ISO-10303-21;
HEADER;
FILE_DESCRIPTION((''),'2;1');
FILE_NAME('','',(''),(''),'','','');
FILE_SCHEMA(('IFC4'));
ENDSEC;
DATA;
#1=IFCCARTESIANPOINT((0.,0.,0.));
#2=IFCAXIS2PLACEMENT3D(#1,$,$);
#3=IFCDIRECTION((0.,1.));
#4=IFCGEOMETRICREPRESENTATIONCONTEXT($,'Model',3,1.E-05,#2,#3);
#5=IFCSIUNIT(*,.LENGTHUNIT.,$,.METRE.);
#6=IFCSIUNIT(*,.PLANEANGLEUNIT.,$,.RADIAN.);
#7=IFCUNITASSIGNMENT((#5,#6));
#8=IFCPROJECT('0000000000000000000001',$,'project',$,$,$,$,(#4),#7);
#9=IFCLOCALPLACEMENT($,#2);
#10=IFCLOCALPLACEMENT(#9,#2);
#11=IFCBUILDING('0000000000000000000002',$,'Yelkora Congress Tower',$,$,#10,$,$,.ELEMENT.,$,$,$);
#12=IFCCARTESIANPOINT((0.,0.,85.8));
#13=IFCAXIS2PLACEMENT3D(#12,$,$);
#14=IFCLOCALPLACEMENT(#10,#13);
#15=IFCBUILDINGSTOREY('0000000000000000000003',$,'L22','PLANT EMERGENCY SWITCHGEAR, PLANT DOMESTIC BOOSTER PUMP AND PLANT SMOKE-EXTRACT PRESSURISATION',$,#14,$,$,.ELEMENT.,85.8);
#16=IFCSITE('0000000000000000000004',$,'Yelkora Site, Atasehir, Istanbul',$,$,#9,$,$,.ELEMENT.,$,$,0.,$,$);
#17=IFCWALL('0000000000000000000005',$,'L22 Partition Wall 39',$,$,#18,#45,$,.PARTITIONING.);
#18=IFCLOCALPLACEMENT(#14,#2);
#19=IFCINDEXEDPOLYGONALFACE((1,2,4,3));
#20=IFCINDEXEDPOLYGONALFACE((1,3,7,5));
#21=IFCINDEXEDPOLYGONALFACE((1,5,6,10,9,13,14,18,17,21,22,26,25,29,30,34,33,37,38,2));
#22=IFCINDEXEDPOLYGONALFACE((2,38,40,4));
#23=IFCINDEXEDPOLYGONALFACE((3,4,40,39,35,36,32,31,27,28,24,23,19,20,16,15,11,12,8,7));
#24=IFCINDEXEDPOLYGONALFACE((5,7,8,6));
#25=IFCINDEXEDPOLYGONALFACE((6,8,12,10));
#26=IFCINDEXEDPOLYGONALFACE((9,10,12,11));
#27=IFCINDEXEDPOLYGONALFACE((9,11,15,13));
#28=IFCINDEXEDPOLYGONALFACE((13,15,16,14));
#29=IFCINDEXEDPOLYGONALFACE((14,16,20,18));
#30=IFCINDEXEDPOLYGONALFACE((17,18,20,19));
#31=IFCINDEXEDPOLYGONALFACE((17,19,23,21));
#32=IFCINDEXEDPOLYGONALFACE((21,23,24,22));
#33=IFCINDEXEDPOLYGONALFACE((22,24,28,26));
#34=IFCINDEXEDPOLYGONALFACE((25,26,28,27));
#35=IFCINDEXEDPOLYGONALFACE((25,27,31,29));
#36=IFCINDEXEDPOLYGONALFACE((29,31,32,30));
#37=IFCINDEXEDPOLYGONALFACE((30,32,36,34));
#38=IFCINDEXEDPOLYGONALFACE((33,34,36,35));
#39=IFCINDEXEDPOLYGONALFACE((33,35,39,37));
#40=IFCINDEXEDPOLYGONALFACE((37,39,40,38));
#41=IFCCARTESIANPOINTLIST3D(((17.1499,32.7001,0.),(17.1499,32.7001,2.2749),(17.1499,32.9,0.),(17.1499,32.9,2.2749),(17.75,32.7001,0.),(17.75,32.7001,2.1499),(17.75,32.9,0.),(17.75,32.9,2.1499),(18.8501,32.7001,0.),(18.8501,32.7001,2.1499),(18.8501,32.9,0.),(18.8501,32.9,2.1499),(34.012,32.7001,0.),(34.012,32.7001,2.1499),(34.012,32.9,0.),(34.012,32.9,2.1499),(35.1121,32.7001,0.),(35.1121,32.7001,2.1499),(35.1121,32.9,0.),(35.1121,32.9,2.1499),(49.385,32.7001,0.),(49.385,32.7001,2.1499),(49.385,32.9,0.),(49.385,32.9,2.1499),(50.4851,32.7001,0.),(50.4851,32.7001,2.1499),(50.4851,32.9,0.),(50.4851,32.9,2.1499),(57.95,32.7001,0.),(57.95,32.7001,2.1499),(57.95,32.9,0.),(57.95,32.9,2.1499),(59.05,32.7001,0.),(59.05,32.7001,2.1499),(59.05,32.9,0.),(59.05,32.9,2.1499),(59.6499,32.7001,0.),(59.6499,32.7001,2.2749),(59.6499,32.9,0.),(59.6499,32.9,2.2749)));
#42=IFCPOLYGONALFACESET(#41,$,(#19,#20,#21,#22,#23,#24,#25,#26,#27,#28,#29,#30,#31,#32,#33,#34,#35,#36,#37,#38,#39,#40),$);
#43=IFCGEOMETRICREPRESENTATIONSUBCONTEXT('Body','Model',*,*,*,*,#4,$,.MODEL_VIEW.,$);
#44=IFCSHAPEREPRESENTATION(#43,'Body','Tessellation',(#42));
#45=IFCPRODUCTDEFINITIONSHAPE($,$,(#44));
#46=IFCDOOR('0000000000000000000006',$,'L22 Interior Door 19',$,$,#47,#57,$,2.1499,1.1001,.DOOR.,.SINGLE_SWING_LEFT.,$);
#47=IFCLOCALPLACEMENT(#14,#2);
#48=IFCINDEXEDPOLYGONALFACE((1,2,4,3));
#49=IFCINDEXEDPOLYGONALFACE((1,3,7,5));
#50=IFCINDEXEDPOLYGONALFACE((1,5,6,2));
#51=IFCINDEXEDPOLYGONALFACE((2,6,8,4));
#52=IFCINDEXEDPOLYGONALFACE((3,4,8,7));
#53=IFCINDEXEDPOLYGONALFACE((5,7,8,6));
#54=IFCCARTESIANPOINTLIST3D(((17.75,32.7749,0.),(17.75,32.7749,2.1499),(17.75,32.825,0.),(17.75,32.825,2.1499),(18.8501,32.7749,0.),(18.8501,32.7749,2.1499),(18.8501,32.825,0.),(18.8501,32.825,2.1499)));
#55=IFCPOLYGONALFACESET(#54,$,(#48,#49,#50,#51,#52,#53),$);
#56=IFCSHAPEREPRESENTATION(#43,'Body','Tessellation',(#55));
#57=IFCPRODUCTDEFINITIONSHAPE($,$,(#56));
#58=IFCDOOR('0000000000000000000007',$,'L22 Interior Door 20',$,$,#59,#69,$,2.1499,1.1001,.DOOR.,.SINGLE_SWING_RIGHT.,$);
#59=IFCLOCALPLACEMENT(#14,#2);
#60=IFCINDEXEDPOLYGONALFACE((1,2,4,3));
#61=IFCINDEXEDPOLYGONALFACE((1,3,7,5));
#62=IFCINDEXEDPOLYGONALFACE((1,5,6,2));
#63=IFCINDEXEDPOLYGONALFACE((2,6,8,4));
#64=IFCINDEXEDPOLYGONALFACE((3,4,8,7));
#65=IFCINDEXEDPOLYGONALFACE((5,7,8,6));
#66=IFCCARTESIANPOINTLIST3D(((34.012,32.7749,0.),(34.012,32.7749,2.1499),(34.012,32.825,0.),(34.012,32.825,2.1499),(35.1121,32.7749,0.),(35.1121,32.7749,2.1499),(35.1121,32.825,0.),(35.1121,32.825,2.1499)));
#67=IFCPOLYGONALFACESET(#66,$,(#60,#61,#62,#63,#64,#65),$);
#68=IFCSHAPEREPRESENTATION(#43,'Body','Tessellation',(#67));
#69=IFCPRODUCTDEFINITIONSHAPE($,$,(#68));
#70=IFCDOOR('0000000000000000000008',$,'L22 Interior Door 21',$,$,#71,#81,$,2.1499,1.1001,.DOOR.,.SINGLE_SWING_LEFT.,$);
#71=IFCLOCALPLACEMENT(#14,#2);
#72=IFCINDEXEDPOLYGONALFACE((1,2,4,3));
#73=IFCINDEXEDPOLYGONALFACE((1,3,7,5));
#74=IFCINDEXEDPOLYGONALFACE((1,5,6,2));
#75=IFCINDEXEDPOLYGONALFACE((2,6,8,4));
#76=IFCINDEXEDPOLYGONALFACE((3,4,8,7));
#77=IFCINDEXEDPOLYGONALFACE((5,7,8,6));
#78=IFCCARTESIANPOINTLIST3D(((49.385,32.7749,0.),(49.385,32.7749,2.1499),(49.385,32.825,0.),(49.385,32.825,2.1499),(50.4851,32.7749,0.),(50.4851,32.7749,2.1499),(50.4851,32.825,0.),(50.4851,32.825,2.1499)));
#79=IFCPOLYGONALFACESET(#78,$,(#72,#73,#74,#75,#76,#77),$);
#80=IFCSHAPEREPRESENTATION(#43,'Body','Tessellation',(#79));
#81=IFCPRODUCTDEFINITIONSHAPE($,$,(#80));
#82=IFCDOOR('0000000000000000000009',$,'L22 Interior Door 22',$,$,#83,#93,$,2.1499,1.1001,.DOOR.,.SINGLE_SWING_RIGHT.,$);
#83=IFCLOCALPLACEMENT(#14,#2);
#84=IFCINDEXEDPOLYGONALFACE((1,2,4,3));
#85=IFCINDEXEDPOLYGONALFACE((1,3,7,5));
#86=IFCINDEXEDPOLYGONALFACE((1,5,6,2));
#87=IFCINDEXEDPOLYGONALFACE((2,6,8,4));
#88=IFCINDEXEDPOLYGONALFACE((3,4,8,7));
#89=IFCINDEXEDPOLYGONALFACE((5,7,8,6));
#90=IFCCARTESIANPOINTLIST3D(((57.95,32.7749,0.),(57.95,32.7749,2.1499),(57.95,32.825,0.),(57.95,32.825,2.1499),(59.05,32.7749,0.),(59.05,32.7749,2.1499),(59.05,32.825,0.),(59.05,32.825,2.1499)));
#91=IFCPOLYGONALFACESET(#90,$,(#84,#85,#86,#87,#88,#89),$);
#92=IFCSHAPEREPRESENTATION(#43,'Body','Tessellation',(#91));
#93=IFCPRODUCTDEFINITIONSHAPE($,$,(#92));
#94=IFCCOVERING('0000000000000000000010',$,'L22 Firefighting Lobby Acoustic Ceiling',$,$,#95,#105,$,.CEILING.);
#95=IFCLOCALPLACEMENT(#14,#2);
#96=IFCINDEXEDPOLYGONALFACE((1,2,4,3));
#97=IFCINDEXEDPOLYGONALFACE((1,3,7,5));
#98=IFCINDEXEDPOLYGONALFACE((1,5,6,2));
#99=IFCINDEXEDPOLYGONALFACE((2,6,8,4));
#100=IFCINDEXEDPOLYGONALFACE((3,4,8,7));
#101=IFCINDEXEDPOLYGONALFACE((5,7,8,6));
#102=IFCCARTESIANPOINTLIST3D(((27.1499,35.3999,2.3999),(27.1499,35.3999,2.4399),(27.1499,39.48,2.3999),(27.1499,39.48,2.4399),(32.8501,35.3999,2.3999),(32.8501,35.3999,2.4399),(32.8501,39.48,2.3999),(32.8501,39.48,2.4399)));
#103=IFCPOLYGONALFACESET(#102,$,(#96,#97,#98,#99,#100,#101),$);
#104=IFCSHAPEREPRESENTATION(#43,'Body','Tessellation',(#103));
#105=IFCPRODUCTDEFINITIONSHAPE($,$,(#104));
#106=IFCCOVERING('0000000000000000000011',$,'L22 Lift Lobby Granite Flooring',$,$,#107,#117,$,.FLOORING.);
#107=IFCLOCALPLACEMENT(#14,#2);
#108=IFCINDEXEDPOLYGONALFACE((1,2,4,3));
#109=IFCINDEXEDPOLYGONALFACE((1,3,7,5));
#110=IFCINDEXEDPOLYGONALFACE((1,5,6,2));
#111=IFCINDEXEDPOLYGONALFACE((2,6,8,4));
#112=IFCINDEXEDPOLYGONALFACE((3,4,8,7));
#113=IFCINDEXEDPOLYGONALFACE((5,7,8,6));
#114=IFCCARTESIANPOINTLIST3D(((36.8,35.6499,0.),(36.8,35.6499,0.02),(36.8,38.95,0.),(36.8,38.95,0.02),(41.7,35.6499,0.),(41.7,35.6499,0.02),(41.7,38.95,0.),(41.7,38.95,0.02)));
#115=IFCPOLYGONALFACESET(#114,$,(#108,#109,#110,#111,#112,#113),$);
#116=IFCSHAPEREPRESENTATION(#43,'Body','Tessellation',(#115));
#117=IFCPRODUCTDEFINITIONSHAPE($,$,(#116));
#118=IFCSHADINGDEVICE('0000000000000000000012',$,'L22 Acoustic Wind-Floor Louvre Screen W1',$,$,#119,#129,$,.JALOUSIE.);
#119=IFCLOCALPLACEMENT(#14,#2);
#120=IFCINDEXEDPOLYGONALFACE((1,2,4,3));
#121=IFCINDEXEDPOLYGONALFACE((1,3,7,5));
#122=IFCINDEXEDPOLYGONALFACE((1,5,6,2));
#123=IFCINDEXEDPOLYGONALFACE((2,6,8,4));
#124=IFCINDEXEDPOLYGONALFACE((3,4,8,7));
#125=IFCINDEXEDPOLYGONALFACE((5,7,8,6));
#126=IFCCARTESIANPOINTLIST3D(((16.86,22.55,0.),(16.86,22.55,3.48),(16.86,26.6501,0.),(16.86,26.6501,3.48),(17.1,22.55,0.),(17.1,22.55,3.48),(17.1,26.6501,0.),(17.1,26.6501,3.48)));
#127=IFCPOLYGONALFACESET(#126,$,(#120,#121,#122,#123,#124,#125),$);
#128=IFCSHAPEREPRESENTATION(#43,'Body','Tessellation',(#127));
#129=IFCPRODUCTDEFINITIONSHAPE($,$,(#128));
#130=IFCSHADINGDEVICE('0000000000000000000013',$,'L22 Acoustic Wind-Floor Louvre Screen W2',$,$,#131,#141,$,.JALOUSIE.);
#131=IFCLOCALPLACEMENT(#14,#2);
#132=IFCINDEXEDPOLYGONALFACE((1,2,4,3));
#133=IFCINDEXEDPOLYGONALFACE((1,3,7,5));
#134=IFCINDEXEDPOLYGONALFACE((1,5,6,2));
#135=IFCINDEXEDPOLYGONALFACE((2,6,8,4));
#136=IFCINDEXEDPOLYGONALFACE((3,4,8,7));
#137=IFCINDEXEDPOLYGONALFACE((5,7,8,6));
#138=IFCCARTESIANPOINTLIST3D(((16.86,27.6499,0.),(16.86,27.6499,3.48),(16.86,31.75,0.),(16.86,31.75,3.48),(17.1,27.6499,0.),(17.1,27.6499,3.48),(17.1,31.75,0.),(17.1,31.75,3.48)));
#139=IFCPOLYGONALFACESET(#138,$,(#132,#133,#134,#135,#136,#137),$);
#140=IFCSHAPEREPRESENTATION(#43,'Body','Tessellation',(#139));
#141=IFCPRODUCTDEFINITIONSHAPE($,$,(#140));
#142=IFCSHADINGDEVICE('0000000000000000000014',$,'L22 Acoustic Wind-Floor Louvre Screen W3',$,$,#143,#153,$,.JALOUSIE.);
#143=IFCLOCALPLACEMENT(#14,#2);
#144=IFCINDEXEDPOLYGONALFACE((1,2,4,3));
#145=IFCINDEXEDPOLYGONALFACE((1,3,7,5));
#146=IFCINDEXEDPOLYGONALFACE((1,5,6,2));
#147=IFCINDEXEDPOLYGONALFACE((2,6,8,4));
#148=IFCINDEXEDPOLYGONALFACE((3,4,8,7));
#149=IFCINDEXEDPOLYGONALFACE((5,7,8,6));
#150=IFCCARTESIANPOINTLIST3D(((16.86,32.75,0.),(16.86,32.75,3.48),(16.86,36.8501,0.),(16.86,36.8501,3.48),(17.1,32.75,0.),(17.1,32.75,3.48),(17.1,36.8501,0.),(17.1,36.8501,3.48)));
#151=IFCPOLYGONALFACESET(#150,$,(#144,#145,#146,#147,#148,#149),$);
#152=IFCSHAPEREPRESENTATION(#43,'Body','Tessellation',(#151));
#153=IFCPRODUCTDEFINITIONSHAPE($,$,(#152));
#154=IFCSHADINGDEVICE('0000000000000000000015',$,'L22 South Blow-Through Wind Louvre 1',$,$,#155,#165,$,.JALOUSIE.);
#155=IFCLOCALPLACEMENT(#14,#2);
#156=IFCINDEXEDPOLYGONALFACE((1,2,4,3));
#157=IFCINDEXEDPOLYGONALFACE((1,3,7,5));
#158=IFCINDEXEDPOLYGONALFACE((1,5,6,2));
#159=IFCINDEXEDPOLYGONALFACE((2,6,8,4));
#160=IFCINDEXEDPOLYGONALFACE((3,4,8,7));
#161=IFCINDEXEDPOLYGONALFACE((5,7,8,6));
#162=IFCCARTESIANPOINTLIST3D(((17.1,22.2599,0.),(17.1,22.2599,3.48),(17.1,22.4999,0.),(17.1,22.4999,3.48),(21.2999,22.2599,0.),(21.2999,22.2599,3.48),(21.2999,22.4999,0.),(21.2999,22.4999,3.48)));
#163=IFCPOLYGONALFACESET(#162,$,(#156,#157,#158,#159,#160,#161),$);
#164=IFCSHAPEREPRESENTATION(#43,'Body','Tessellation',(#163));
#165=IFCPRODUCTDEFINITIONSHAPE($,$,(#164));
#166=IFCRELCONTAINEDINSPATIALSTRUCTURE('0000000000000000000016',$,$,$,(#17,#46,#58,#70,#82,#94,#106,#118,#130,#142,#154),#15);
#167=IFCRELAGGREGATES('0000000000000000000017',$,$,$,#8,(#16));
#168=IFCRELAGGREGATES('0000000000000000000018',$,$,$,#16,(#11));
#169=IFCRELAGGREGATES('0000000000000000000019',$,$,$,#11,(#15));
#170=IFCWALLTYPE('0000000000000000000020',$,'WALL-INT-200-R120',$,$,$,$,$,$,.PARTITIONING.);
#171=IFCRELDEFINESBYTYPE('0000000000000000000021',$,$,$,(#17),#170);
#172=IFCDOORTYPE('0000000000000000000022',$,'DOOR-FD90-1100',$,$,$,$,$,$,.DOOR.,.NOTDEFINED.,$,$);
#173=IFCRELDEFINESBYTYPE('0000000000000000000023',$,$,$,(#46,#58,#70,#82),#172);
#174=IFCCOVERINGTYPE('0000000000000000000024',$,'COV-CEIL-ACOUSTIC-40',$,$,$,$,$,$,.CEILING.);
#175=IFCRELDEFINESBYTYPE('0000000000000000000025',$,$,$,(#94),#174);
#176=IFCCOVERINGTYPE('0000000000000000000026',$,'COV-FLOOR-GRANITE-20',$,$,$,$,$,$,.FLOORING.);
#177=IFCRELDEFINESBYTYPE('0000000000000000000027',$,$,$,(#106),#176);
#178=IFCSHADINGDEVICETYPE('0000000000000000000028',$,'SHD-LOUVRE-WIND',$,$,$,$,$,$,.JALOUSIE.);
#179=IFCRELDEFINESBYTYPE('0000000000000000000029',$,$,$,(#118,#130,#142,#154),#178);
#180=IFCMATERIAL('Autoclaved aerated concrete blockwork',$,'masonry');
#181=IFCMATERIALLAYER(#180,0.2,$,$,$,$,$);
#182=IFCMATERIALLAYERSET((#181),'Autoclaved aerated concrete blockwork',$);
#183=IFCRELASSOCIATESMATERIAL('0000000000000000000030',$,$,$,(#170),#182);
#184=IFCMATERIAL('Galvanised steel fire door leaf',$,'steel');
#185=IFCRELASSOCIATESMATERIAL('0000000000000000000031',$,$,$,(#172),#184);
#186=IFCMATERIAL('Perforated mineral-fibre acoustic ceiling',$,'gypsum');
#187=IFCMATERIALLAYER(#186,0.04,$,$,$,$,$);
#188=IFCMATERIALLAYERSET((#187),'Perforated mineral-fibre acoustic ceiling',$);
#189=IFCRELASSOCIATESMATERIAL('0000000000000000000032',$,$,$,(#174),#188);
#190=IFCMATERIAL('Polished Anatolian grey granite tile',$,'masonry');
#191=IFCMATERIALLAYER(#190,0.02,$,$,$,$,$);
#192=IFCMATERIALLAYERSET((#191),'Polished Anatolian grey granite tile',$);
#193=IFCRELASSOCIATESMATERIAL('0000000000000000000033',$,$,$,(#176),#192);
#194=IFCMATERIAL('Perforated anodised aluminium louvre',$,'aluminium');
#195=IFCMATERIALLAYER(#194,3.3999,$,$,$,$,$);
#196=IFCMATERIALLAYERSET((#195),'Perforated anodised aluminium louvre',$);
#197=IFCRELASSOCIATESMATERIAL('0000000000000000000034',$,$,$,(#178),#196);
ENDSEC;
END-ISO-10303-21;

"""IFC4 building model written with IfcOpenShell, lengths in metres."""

from ifc_helpers import new_model, si_unit, direction, frame, frame_2d, origin, origin_2d, place, context, subcontext, project, spatial, polyline, rectangle, outline, extrude, material, layer, layer_set, type_object, element, fill, save


model = new_model("IFC4")

# Units and contexts
model_context = context("Model", 3, precision=1e-05, world=origin(), true_north=direction((0.0, 1.0)))
body_context = subcontext(model_context, "Body", "Model", "MODEL_VIEW")
ifc_project = project(units=[si_unit("LENGTHUNIT", "METRE"), si_unit("PLANEANGLEUNIT", "RADIAN")], contexts=[model_context])

# Site, building, storey
site_placement = place(None, origin())
site = spatial("IfcSite", under=ifc_project, at=site_placement, Name="Yelkora Site, Atasehir, Istanbul", CompositionType="ELEMENT", RefElevation=0.0)
building_placement = place(site_placement, origin())
building = spatial("IfcBuilding", under=site, at=building_placement, Name="Yelkora Congress Tower", CompositionType="ELEMENT")
storey_placement = place(building_placement, frame((0.0, 0.0, 85.8)))
storey = spatial("IfcBuildingStorey", under=building, at=storey_placement, Name="L22", Description="PLANT EMERGENCY SWITCHGEAR, PLANT DOMESTIC BOOSTER PUMP AND PLANT SMOKE-EXTRACT PRESSURISATION", CompositionType="ELEMENT", Elevation=85.8)

# Shared definitions
ifc_material_1 = material(Name="Autoclaved aerated concrete blockwork", Category="masonry")
ifc_layer_1 = layer(ifc_material_1, 0.2)
ifc_layer_set_1 = layer_set([ifc_layer_1], Name="Autoclaved aerated concrete blockwork")
wall_type_1 = type_object("IfcWallType", Name="WALL-INT-200-R120", PredefinedType="PARTITIONING", material=ifc_layer_set_1)

# Wall, openings, doors
wall_1_placement = place(storey_placement, frame((17.1499, 32.8, 0.0), z_axis=(0.0, 0.0, 1.0), x_axis=(1.0, 0.0, 0.0)))
wall_1 = element("IfcWall", 1, at=wall_1_placement, inside=storey, type_object=wall_type_1, Name="L22 Partition Wall 39", PredefinedType="PARTITIONING", context=body_context, shape_type="SweptSolid", body=[
    extrude(rectangle(XDim=42.5, YDim=0.2, at=frame_2d((21.25, 0.0))), origin(), (0.0, 0.0, 1.0), 2.2749),
])
opening_1_placement = place(wall_1_placement, frame((0.6001, 0.0, 0.0)))
opening_1 = element("IfcOpeningElement", 2, at=opening_1_placement, cuts=wall_1, PredefinedType="OPENING", context=body_context, shape_type="SweptSolid", body=[
    extrude(rectangle(XDim=1.1001, YDim=2.1499, at=frame_2d((0.55, 1.075))), frame((0.0, 0.1099, 0.0), z_axis=(0.0, -1.0, 0.0), x_axis=(1.0, 0.0, 0.0)), (0.0, 0.0, 1.0), 0.22),
])
opening_2_placement = place(wall_1_placement, frame((16.8621, 0.0, 0.0)))
opening_2 = element("IfcOpeningElement", 3, at=opening_2_placement, cuts=wall_1, PredefinedType="OPENING", context=body_context, shape_type="SweptSolid", body=[
    extrude(rectangle(XDim=1.1001, YDim=2.1499, at=frame_2d((0.55, 1.075))), frame((0.0, 0.1099, 0.0), z_axis=(0.0, -1.0, 0.0), x_axis=(1.0, 0.0, 0.0)), (0.0, 0.0, 1.0), 0.22),
])
opening_3_placement = place(wall_1_placement, frame((32.2351, 0.0, 0.0)))
opening_3 = element("IfcOpeningElement", 4, at=opening_3_placement, cuts=wall_1, PredefinedType="OPENING", context=body_context, shape_type="SweptSolid", body=[
    extrude(rectangle(XDim=1.1001, YDim=2.1499, at=frame_2d((0.55, 1.075))), frame((0.0, 0.1099, 0.0), z_axis=(0.0, -1.0, 0.0), x_axis=(1.0, 0.0, 0.0)), (0.0, 0.0, 1.0), 0.22),
])
opening_4_placement = place(wall_1_placement, frame((40.8, 0.0, 0.0)))
opening_4 = element("IfcOpeningElement", 5, at=opening_4_placement, cuts=wall_1, PredefinedType="OPENING", context=body_context, shape_type="SweptSolid", body=[
    extrude(rectangle(XDim=1.1001, YDim=2.1499, at=frame_2d((0.55, 1.075))), frame((0.0, 0.1099, 0.0), z_axis=(0.0, -1.0, 0.0), x_axis=(1.0, 0.0, 0.0)), (0.0, 0.0, 1.0), 0.22),
])
ifc_material_2 = material(Name="Galvanised steel fire door leaf", Category="steel")
door_type = type_object("IfcDoorType", Name="DOOR-FD90-1100", OperationType="NOTDEFINED", PredefinedType="DOOR", material=ifc_material_2)
door_1_placement = place(opening_1_placement, origin())
door_1 = element("IfcDoor", 6, at=door_1_placement, inside=storey, type_object=door_type, Name="L22 Interior Door 19", OperationType="SINGLE_SWING_LEFT", OverallHeight=2.1499, OverallWidth=1.1001, PredefinedType="DOOR", context=body_context, shape_type="SweptSolid", body=[
    extrude(rectangle(XDim=1.1001, YDim=2.1499, at=frame_2d((0.55, 1.075))), frame((0.0, 0.0249, 0.0), z_axis=(0.0, -1.0, 0.0), x_axis=(1.0, 0.0, 0.0)), (0.0, 0.0, 1.0), 0.05),
])
fill(opening_1, door_1)
door_2_placement = place(opening_2_placement, origin())
door_2 = element("IfcDoor", 7, at=door_2_placement, inside=storey, type_object=door_type, Name="L22 Interior Door 20", OperationType="SINGLE_SWING_RIGHT", OverallHeight=2.1499, OverallWidth=1.1001, PredefinedType="DOOR", context=body_context, shape_type="SweptSolid", body=[
    extrude(rectangle(XDim=1.1001, YDim=2.1499, at=frame_2d((0.55, 1.075))), frame((0.0, 0.0249, 0.0), z_axis=(0.0, -1.0, 0.0), x_axis=(1.0, 0.0, 0.0)), (0.0, 0.0, 1.0), 0.05),
])
fill(opening_2, door_2)
door_3_placement = place(opening_3_placement, origin())
door_3 = element("IfcDoor", 8, at=door_3_placement, inside=storey, type_object=door_type, Name="L22 Interior Door 21", OperationType="SINGLE_SWING_LEFT", OverallHeight=2.1499, OverallWidth=1.1001, PredefinedType="DOOR", context=body_context, shape_type="SweptSolid", body=[
    extrude(rectangle(XDim=1.1001, YDim=2.1499, at=frame_2d((0.55, 1.075))), frame((0.0, 0.0249, 0.0), z_axis=(0.0, -1.0, 0.0), x_axis=(1.0, 0.0, 0.0)), (0.0, 0.0, 1.0), 0.05),
])
fill(opening_3, door_3)
door_4_placement = place(opening_4_placement, origin())
door_4 = element("IfcDoor", 9, at=door_4_placement, inside=storey, type_object=door_type, Name="L22 Interior Door 22", OperationType="SINGLE_SWING_RIGHT", OverallHeight=2.1499, OverallWidth=1.1001, PredefinedType="DOOR", context=body_context, shape_type="SweptSolid", body=[
    extrude(rectangle(XDim=1.1001, YDim=2.1499, at=frame_2d((0.55, 1.075))), frame((0.0, 0.0249, 0.0), z_axis=(0.0, -1.0, 0.0), x_axis=(1.0, 0.0, 0.0)), (0.0, 0.0, 1.0), 0.05),
])
fill(opening_4, door_4)

# Coverings
ifc_material_3 = material(Name="Perforated mineral-fibre acoustic ceiling", Category="gypsum")
ifc_layer_2 = layer(ifc_material_3, 0.04)
ifc_layer_set_2 = layer_set([ifc_layer_2], Name="Perforated mineral-fibre acoustic ceiling")
covering_type_1 = type_object("IfcCoveringType", Name="COV-CEIL-ACOUSTIC-40", PredefinedType="CEILING", material=ifc_layer_set_2)
covering_1_placement = place(storey_placement, frame((0.0, 0.0, 2.3999)))
element("IfcCovering", 10, at=covering_1_placement, inside=storey, type_object=covering_type_1, Name="L22 Firefighting Lobby Acoustic Ceiling", PredefinedType="CEILING", context=body_context, shape_type="SweptSolid", body=[
    extrude(outline(polyline([(27.1499, 35.3999), (32.8501, 35.3999), (32.8501, 39.48), (27.1499, 39.48), (27.1499, 35.3999)])), origin(), (0.0, 0.0, 1.0), 0.04),
])
ifc_material_4 = material(Name="Polished Anatolian grey granite tile", Category="masonry")
ifc_layer_3 = layer(ifc_material_4, 0.02)
ifc_layer_set_3 = layer_set([ifc_layer_3], Name="Polished Anatolian grey granite tile")
covering_type_2 = type_object("IfcCoveringType", Name="COV-FLOOR-GRANITE-20", PredefinedType="FLOORING", material=ifc_layer_set_3)
covering_2_placement = place(storey_placement, origin())
element("IfcCovering", 11, at=covering_2_placement, inside=storey, type_object=covering_type_2, Name="L22 Lift Lobby Granite Flooring", PredefinedType="FLOORING", context=body_context, shape_type="SweptSolid", body=[
    extrude(outline(polyline([(36.8, 35.6499), (41.7, 35.6499), (41.7, 38.95), (36.8, 38.95), (36.8, 35.6499)])), origin(), (0.0, 0.0, 1.0), 0.02),
])

# Shading devices
ifc_material_5 = material(Name="Perforated anodised aluminium louvre", Category="aluminium")
ifc_layer_4 = layer(ifc_material_5, 3.3999)
ifc_layer_set_4 = layer_set([ifc_layer_4], Name="Perforated anodised aluminium louvre")
shading_device_type = type_object("IfcShadingDeviceType", Name="SHD-LOUVRE-WIND", PredefinedType="JALOUSIE", material=ifc_layer_set_4)
for number, where, z_axis, x_axis, name in (
    (12, (16.98, 24.6001, 0.0), (0.0, 0.0, 1.0), (1.0, 0.0, 0.0), "L22 Acoustic Wind-Floor Louvre Screen W1"),
    (13, (16.98, 29.7, 0.0), (0.0, 0.0, 1.0), (1.0, 0.0, 0.0), "L22 Acoustic Wind-Floor Louvre Screen W2"),
    (14, (16.98, 34.8, 0.0), (0.0, 0.0, 1.0), (1.0, 0.0, 0.0), "L22 Acoustic Wind-Floor Louvre Screen W3"),
):
    element("IfcShadingDevice", number, at=place(storey_placement, frame(where, z_axis=z_axis, x_axis=x_axis)), inside=storey, type_object=shading_device_type, Name=name, PredefinedType="JALOUSIE", context=body_context, shape_type="SweptSolid", body=[
        extrude(rectangle(XDim=0.24, YDim=4.1001, at=origin_2d()), origin(), (0.0, 0.0, 1.0), 3.48),
    ])
shading_device_placement = place(storey_placement, frame((19.2, 22.3799, 0.0), z_axis=(0.0, 0.0, 1.0), x_axis=(1.0, 0.0, 0.0)))
element("IfcShadingDevice", 15, at=shading_device_placement, inside=storey, type_object=shading_device_type, Name="L22 South Blow-Through Wind Louvre 1", PredefinedType="JALOUSIE", context=body_context, shape_type="SweptSolid", body=[
    extrude(rectangle(XDim=4.2, YDim=0.24, at=origin_2d()), origin(), (0.0, 0.0, 1.0), 3.48),
])

save(model, "model.ifc")
